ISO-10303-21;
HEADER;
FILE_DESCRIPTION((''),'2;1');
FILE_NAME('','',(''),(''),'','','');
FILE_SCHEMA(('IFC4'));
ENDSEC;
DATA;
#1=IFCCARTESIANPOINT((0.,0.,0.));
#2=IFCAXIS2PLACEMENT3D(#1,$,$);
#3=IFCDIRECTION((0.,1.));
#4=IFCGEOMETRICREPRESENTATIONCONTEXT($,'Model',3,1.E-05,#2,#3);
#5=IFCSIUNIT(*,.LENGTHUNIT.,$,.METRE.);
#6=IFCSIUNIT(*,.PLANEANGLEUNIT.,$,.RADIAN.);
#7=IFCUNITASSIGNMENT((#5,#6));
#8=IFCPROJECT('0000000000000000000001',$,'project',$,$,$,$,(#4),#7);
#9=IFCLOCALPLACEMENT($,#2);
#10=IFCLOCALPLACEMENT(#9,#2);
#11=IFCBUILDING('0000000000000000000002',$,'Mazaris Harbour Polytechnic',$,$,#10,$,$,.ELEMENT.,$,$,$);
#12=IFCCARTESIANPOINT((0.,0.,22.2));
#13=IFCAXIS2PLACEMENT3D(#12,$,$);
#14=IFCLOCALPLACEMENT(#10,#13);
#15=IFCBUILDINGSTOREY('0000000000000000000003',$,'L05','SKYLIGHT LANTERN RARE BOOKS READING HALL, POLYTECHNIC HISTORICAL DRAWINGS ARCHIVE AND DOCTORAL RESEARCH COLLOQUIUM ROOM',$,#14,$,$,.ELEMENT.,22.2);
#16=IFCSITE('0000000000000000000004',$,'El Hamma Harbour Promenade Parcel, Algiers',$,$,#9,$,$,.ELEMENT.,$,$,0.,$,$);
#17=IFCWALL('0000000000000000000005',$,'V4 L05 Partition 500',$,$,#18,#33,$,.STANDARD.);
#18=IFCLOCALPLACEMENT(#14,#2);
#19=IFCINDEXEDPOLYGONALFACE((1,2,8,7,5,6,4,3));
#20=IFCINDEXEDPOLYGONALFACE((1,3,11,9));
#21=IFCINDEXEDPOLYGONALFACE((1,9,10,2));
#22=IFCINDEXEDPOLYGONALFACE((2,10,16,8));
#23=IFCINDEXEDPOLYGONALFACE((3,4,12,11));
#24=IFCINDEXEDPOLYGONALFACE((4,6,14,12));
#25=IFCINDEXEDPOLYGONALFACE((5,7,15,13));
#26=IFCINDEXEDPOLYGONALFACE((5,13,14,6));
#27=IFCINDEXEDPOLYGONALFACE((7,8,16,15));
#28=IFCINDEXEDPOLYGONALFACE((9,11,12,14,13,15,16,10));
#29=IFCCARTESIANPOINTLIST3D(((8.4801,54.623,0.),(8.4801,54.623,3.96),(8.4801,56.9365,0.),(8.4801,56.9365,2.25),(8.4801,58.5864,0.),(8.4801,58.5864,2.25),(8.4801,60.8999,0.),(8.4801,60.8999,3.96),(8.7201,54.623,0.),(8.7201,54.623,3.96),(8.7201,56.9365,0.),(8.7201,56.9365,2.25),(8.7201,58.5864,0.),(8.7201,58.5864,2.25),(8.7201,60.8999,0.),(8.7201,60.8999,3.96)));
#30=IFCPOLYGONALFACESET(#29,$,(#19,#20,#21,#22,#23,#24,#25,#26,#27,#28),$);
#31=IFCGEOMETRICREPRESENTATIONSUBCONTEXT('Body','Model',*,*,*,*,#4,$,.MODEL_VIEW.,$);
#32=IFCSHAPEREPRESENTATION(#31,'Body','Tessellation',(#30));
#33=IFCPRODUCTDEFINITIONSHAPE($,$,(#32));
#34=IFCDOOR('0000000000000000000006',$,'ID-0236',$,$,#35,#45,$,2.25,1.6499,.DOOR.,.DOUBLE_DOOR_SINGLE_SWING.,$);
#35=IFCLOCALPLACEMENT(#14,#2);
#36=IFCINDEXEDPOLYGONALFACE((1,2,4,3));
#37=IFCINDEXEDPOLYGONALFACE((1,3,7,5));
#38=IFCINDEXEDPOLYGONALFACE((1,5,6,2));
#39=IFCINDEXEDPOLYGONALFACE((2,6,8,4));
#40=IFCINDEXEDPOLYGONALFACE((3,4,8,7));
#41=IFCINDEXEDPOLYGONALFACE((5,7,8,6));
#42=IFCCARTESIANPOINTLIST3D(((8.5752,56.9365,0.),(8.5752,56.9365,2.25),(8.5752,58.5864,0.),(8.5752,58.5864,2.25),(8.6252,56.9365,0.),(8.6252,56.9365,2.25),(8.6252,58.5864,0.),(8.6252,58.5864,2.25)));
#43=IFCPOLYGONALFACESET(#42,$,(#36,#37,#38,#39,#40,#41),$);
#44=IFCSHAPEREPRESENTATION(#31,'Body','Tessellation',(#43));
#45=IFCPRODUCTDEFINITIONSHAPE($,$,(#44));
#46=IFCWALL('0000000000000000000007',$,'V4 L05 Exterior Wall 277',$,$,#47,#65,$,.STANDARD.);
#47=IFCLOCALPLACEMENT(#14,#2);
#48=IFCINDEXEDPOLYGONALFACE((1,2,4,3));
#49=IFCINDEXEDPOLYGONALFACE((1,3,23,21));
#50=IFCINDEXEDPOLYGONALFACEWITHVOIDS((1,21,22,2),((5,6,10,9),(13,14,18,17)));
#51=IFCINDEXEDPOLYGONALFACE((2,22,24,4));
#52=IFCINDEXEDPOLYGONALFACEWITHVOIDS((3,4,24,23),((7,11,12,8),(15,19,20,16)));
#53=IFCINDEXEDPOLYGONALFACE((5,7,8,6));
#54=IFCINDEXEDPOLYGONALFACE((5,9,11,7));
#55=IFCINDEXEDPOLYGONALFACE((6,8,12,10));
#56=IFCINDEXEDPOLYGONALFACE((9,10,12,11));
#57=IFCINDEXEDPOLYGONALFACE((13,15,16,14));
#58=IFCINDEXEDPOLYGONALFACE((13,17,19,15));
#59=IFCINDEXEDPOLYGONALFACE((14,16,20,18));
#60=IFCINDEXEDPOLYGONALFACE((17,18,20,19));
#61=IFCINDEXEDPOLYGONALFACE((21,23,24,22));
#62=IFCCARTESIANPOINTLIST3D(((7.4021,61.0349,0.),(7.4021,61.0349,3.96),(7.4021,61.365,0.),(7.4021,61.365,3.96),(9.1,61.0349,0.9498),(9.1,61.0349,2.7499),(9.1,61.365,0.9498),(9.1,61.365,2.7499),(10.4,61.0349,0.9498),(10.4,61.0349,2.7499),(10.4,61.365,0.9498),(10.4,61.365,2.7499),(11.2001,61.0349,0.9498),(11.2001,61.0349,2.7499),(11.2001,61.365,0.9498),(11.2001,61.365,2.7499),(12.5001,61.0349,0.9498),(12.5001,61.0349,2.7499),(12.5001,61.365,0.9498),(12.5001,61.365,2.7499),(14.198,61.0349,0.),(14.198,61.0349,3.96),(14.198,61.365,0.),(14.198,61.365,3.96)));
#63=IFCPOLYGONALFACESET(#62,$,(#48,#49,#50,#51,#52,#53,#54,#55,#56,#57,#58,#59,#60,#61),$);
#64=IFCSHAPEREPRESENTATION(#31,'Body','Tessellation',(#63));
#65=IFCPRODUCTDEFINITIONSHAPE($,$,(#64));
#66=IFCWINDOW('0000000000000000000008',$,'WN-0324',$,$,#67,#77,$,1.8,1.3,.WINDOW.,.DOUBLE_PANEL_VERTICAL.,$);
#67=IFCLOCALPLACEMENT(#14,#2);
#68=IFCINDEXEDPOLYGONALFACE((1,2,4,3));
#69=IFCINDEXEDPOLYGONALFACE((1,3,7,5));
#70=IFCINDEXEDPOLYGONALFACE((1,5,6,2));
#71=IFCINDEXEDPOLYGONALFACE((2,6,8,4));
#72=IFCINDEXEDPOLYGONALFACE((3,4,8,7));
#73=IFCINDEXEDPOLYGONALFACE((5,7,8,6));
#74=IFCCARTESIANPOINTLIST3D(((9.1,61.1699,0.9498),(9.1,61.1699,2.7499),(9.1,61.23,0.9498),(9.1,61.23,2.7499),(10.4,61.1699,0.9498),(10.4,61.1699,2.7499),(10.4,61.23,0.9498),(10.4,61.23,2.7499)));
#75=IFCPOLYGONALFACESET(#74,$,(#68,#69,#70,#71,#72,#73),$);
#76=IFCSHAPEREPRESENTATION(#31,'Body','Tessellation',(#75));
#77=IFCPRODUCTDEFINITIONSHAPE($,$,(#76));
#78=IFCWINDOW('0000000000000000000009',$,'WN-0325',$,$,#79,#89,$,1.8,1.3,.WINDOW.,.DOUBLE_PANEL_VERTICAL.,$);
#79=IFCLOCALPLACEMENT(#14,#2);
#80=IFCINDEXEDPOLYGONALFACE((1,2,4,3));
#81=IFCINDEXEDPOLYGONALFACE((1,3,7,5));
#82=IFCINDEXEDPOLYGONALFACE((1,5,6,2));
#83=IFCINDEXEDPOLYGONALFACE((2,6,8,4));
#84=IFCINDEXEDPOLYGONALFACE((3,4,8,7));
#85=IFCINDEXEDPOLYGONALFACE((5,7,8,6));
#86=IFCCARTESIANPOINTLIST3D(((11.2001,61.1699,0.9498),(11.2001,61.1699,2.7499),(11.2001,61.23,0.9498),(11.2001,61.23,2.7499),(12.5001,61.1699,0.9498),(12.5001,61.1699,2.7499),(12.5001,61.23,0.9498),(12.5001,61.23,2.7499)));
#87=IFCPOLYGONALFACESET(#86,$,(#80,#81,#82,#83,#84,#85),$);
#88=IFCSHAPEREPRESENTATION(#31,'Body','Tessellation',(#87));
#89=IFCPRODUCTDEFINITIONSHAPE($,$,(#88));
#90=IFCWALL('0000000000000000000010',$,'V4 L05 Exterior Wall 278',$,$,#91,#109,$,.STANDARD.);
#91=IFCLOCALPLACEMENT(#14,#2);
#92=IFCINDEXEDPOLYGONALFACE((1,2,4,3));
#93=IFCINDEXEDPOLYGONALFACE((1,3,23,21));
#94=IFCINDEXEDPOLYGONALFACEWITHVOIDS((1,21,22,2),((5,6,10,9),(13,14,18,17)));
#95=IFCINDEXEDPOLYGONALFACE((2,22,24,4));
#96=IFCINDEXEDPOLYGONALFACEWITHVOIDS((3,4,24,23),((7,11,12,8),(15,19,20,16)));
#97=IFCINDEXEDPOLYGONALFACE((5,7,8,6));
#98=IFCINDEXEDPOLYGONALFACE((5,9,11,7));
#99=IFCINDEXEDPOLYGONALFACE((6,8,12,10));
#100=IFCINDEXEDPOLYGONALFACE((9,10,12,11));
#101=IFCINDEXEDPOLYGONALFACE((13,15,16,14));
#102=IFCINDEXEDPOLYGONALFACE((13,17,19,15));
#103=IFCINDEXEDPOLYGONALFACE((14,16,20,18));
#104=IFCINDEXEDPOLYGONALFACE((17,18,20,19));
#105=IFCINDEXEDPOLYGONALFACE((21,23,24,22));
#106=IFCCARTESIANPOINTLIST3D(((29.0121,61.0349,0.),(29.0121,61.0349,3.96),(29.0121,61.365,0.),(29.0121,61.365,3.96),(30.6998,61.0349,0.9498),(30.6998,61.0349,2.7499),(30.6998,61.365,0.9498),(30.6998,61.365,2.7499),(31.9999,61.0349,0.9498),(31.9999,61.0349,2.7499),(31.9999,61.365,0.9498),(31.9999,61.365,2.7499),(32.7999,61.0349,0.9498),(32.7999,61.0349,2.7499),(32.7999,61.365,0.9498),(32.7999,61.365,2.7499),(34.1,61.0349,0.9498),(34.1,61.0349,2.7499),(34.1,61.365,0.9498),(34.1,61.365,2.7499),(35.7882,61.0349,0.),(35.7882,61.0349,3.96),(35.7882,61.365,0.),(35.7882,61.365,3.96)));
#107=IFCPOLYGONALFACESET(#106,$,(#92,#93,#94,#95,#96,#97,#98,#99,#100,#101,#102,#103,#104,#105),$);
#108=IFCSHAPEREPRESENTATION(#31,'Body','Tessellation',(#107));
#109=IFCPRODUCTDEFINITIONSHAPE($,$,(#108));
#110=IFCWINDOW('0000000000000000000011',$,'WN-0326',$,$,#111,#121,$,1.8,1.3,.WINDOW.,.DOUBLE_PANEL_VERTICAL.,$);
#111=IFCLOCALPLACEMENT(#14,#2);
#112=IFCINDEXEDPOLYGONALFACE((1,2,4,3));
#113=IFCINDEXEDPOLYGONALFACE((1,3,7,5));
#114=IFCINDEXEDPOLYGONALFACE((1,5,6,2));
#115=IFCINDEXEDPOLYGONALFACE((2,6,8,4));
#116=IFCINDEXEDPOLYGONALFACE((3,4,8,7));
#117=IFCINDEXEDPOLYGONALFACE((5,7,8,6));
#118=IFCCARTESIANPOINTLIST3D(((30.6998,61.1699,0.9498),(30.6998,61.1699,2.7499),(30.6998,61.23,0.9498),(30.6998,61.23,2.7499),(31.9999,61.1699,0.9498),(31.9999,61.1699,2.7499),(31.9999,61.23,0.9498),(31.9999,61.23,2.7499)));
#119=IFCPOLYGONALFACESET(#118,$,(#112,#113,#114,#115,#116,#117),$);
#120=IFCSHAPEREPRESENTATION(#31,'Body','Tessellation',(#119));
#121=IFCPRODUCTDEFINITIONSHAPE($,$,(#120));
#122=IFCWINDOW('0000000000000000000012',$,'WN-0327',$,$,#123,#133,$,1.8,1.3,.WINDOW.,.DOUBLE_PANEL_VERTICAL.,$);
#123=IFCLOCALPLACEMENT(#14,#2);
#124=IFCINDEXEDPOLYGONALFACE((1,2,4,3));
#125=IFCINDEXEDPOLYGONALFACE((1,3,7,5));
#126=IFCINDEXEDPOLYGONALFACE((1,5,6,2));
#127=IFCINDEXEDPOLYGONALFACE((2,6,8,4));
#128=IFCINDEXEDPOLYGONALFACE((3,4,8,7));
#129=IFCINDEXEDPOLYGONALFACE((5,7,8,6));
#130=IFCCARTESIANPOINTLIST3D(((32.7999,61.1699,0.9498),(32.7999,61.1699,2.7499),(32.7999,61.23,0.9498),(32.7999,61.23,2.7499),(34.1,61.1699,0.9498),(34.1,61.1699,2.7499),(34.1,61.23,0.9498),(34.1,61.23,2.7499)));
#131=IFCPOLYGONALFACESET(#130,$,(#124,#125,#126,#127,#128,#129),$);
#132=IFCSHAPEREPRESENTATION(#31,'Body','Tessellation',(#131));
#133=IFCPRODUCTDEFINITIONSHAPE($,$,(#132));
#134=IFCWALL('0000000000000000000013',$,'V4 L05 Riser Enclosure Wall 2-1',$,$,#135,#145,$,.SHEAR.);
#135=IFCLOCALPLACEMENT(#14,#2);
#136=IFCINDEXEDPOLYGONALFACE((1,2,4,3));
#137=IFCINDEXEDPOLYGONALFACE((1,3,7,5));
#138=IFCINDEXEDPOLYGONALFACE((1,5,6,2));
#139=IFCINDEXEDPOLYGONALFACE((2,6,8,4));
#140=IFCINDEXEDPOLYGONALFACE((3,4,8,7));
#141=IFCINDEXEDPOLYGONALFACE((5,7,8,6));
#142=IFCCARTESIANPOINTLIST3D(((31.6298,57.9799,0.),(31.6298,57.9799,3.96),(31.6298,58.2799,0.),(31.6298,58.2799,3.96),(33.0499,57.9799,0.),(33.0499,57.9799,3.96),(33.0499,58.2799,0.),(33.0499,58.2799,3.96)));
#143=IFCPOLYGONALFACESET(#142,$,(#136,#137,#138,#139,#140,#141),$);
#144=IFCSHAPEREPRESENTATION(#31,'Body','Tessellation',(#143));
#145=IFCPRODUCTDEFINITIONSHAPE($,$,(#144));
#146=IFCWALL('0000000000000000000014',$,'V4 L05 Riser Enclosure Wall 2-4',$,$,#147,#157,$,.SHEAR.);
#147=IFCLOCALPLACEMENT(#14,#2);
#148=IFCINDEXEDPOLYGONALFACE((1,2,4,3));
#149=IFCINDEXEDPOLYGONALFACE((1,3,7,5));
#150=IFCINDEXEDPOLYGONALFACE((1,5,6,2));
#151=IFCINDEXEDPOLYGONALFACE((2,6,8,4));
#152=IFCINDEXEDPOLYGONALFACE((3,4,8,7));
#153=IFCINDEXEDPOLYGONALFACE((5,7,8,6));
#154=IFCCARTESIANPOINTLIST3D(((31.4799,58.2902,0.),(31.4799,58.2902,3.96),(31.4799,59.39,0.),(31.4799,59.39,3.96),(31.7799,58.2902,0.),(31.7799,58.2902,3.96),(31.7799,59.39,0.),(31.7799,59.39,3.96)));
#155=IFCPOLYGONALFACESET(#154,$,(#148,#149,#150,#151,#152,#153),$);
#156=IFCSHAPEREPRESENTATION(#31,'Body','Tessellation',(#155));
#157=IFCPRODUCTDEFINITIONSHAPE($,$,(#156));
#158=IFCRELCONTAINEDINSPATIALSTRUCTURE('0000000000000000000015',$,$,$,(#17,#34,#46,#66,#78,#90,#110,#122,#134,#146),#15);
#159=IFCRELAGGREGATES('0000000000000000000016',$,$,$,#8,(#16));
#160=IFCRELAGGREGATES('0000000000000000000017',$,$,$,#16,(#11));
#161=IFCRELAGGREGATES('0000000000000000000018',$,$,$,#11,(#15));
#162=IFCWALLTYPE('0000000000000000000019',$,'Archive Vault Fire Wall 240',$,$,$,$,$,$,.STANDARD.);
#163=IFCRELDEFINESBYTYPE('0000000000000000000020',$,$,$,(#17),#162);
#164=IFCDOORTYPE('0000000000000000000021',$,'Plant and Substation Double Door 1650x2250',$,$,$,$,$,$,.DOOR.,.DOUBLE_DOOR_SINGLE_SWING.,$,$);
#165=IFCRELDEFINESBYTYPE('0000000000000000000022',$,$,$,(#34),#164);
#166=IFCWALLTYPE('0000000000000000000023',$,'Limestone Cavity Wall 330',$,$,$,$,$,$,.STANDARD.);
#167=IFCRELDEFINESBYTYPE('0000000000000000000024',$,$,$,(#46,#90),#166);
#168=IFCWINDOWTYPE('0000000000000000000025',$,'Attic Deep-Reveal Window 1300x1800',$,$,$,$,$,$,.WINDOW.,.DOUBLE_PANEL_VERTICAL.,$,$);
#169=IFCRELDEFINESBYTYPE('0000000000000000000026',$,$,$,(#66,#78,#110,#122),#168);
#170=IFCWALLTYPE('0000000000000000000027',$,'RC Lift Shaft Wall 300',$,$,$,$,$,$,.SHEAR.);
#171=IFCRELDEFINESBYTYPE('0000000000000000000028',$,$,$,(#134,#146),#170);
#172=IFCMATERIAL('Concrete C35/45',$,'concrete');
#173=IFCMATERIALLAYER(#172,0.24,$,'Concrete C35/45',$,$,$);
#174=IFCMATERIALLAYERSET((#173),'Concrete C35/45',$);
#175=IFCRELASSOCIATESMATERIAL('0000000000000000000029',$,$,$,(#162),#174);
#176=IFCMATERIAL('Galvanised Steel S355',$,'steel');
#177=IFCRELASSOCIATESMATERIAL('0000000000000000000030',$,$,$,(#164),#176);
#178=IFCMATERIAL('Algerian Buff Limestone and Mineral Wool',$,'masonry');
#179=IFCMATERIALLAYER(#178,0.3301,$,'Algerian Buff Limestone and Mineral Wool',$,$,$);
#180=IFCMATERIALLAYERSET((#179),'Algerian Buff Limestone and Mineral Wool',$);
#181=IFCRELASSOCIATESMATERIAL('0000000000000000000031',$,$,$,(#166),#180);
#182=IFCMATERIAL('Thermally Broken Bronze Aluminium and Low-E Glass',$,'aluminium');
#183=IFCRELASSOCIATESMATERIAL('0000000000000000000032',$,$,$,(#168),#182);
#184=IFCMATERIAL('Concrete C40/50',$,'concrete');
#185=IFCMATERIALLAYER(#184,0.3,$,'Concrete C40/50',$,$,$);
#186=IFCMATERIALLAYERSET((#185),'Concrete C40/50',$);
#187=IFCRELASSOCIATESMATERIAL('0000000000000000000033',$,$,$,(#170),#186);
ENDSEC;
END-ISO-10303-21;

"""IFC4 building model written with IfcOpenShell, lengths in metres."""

from ifc_helpers import new_model, si_unit, direction, frame, frame_2d, origin, place, context, subcontext, project, spatial, rectangle, extrude, material, layer, layer_set, type_object, element, fill, save


model = new_model("IFC4")

# Units and contexts
model_context = context("Model", 3, precision=1e-05, world=origin(), true_north=direction((0.0, 1.0)))
body_context = subcontext(model_context, "Body", "Model", "MODEL_VIEW")
ifc_project = project(units=[si_unit("LENGTHUNIT", "METRE"), si_unit("PLANEANGLEUNIT", "RADIAN")], contexts=[model_context])

# Site, building, storey
site_placement = place(None, origin())
site = spatial("IfcSite", under=ifc_project, at=site_placement, Name="El Hamma Harbour Promenade Parcel, Algiers", CompositionType="ELEMENT", RefElevation=0.0)
building_placement = place(site_placement, origin())
building = spatial("IfcBuilding", under=site, at=building_placement, Name="Mazaris Harbour Polytechnic", CompositionType="ELEMENT")
storey_placement = place(building_placement, frame((0.0, 0.0, 22.2)))
storey = spatial("IfcBuildingStorey", under=building, at=storey_placement, Name="L05", Description="SKYLIGHT LANTERN RARE BOOKS READING HALL, POLYTECHNIC HISTORICAL DRAWINGS ARCHIVE AND DOCTORAL RESEARCH COLLOQUIUM ROOM", CompositionType="ELEMENT", Elevation=22.2)

# Wall, opening, door
ifc_material_1 = material(Name="Concrete C35/45", Category="concrete")
ifc_layer_1 = layer(ifc_material_1, 0.24, Name="Concrete C35/45")
ifc_layer_set_1 = layer_set([ifc_layer_1], Name="Concrete C35/45")
wall_type_1 = type_object("IfcWallType", Name="Archive Vault Fire Wall 240", PredefinedType="STANDARD", material=ifc_layer_set_1)
ifc_material_2 = material(Name="Galvanised Steel S355", Category="steel")
door_type = type_object("IfcDoorType", Name="Plant and Substation Double Door 1650x2250", OperationType="DOUBLE_DOOR_SINGLE_SWING", PredefinedType="DOOR", material=ifc_material_2)
wall_1_placement = place(storey_placement, frame((8.6001, 54.623, 0.0), z_axis=(0.0, 0.0, 1.0), x_axis=(0.0, 1.0, 0.0)))
wall_1 = element("IfcWall", 1, at=wall_1_placement, inside=storey, type_object=wall_type_1, Name="V4 L05 Partition 500", PredefinedType="STANDARD", context=body_context, shape_type="SweptSolid", body=[
    extrude(rectangle(XDim=6.2769, YDim=0.24, at=frame_2d((3.1384, 0.0))), origin(), (0.0, 0.0, 1.0), 3.96),
])
opening_1_placement = place(wall_1_placement, frame((2.3135, 0.0, 0.0)))
opening_1 = element("IfcOpeningElement", 2, at=opening_1_placement, cuts=wall_1, PredefinedType="OPENING", context=body_context, shape_type="SweptSolid", body=[
    extrude(rectangle(XDim=1.6499, YDim=2.25, at=frame_2d((0.825, 1.125))), frame((0.0, 0.1299, 0.0), z_axis=(0.0, -1.0, 0.0), x_axis=(1.0, 0.0, 0.0)), (0.0, 0.0, 1.0), 0.26),
])
door_1_placement = place(opening_1_placement, origin())
door_1 = element("IfcDoor", 3, at=door_1_placement, inside=storey, type_object=door_type, Name="ID-0236", OperationType="DOUBLE_DOOR_SINGLE_SWING", OverallHeight=2.25, OverallWidth=1.6499, PredefinedType="DOOR", context=body_context, shape_type="SweptSolid", body=[
    extrude(rectangle(XDim=1.6499, YDim=2.25, at=frame_2d((0.825, 1.125))), frame((0.0, 0.0249, 0.0), z_axis=(0.0, -1.0, 0.0), x_axis=(1.0, 0.0, 0.0)), (0.0, 0.0, 1.0), 0.05),
])
fill(opening_1, door_1)

# Walls, openings, windows
ifc_material_3 = material(Name="Algerian Buff Limestone and Mineral Wool", Category="masonry")
ifc_layer_2 = layer(ifc_material_3, 0.3301, Name="Algerian Buff Limestone and Mineral Wool")
ifc_layer_set_2 = layer_set([ifc_layer_2], Name="Algerian Buff Limestone and Mineral Wool")
wall_type_2 = type_object("IfcWallType", Name="Limestone Cavity Wall 330", PredefinedType="STANDARD", material=ifc_layer_set_2)
wall_2_placement = place(storey_placement, frame((7.4021, 61.2, 0.0), z_axis=(0.0, 0.0, 1.0), x_axis=(1.0, 0.0, 0.0)))
wall_2 = element("IfcWall", 4, at=wall_2_placement, inside=storey, type_object=wall_type_2, Name="V4 L05 Exterior Wall 277", PredefinedType="STANDARD", context=body_context, shape_type="SweptSolid", body=[
    extrude(rectangle(XDim=6.7959, YDim=0.3301, at=frame_2d((3.3979, 0.0))), origin(), (0.0, 0.0, 1.0), 3.96),
])
opening_2_placement = place(wall_2_placement, frame((1.698, 0.0, 0.95)))
opening_2 = element("IfcOpeningElement", 5, at=opening_2_placement, cuts=wall_2, PredefinedType="OPENING", context=body_context, shape_type="SweptSolid", body=[
    extrude(rectangle(XDim=1.3, YDim=1.8, at=frame_2d((0.6499, 0.8999))), frame((0.0, 0.175, 0.0), z_axis=(0.0, -1.0, 0.0), x_axis=(1.0, 0.0, 0.0)), (0.0, 0.0, 1.0), 0.3501),
])
opening_3_placement = place(wall_2_placement, frame((3.7981, 0.0, 0.95)))
opening_3 = element("IfcOpeningElement", 6, at=opening_3_placement, cuts=wall_2, PredefinedType="OPENING", context=body_context, shape_type="SweptSolid", body=[
    extrude(rectangle(XDim=1.3, YDim=1.8, at=frame_2d((0.6499, 0.8999))), frame((0.0, 0.175, 0.0), z_axis=(0.0, -1.0, 0.0), x_axis=(1.0, 0.0, 0.0)), (0.0, 0.0, 1.0), 0.3501),
])
ifc_material_4 = material(Name="Thermally Broken Bronze Aluminium and Low-E Glass", Category="aluminium")
window_type = type_object("IfcWindowType", Name="Attic Deep-Reveal Window 1300x1800", PartitioningType="DOUBLE_PANEL_VERTICAL", PredefinedType="WINDOW", material=ifc_material_4)
window_1_placement = place(opening_2_placement, origin())
window_1 = element("IfcWindow", 7, at=window_1_placement, inside=storey, type_object=window_type, Name="WN-0324", OverallHeight=1.8, OverallWidth=1.3, PartitioningType="DOUBLE_PANEL_VERTICAL", PredefinedType="WINDOW", context=body_context, shape_type="SweptSolid", body=[
    extrude(rectangle(XDim=1.3, YDim=1.8, at=frame_2d((0.6499, 0.8999))), frame((0.0, 0.03, 0.0), z_axis=(0.0, -1.0, 0.0), x_axis=(1.0, 0.0, 0.0)), (0.0, 0.0, 1.0), 0.0601),
])
fill(opening_2, window_1)
window_2_placement = place(opening_3_placement, origin())
window_2 = element("IfcWindow", 8, at=window_2_placement, inside=storey, type_object=window_type, Name="WN-0325", OverallHeight=1.8, OverallWidth=1.3, PartitioningType="DOUBLE_PANEL_VERTICAL", PredefinedType="WINDOW", context=body_context, shape_type="SweptSolid", body=[
    extrude(rectangle(XDim=1.3, YDim=1.8, at=frame_2d((0.6499, 0.8999))), frame((0.0, 0.03, 0.0), z_axis=(0.0, -1.0, 0.0), x_axis=(1.0, 0.0, 0.0)), (0.0, 0.0, 1.0), 0.0601),
])
fill(opening_3, window_2)
wall_3_placement = place(storey_placement, frame((29.012, 61.2, 0.0), z_axis=(0.0, 0.0, 1.0), x_axis=(1.0, 0.0, 0.0)))
wall_3 = element("IfcWall", 9, at=wall_3_placement, inside=storey, type_object=wall_type_2, Name="V4 L05 Exterior Wall 278", PredefinedType="STANDARD", context=body_context, shape_type="SweptSolid", body=[
    extrude(rectangle(XDim=6.7761, YDim=0.3301, at=frame_2d((3.3882, 0.0))), origin(), (0.0, 0.0, 1.0), 3.96),
])
opening_4_placement = place(wall_3_placement, frame((1.688, 0.0, 0.95)))
opening_4 = element("IfcOpeningElement", 10, at=opening_4_placement, cuts=wall_3, PredefinedType="OPENING", context=body_context, shape_type="SweptSolid", body=[
    extrude(rectangle(XDim=1.3, YDim=1.8, at=frame_2d((0.6499, 0.8999))), frame((0.0, 0.175, 0.0), z_axis=(0.0, -1.0, 0.0), x_axis=(1.0, 0.0, 0.0)), (0.0, 0.0, 1.0), 0.3501),
])
opening_5_placement = place(wall_3_placement, frame((3.7881, 0.0, 0.95)))
opening_5 = element("IfcOpeningElement", 11, at=opening_5_placement, cuts=wall_3, PredefinedType="OPENING", context=body_context, shape_type="SweptSolid", body=[
    extrude(rectangle(XDim=1.3, YDim=1.8, at=frame_2d((0.6499, 0.8999))), frame((0.0, 0.175, 0.0), z_axis=(0.0, -1.0, 0.0), x_axis=(1.0, 0.0, 0.0)), (0.0, 0.0, 1.0), 0.3501),
])
window_3_placement = place(opening_4_placement, origin())
window_3 = element("IfcWindow", 12, at=window_3_placement, inside=storey, type_object=window_type, Name="WN-0326", OverallHeight=1.8, OverallWidth=1.3, PartitioningType="DOUBLE_PANEL_VERTICAL", PredefinedType="WINDOW", context=body_context, shape_type="SweptSolid", body=[
    extrude(rectangle(XDim=1.3, YDim=1.8, at=frame_2d((0.6499, 0.8999))), frame((0.0, 0.03, 0.0), z_axis=(0.0, -1.0, 0.0), x_axis=(1.0, 0.0, 0.0)), (0.0, 0.0, 1.0), 0.0601),
])
fill(opening_4, window_3)
window_4_placement = place(opening_5_placement, origin())
window_4 = element("IfcWindow", 13, at=window_4_placement, inside=storey, type_object=window_type, Name="WN-0327", OverallHeight=1.8, OverallWidth=1.3, PartitioningType="DOUBLE_PANEL_VERTICAL", PredefinedType="WINDOW", context=body_context, shape_type="SweptSolid", body=[
    extrude(rectangle(XDim=1.3, YDim=1.8, at=frame_2d((0.6499, 0.8999))), frame((0.0, 0.03, 0.0), z_axis=(0.0, -1.0, 0.0), x_axis=(1.0, 0.0, 0.0)), (0.0, 0.0, 1.0), 0.0601),
])
fill(opening_5, window_4)

# Walls
ifc_material_5 = material(Name="Concrete C40/50", Category="concrete")
ifc_layer_3 = layer(ifc_material_5, 0.3, Name="Concrete C40/50")
ifc_layer_set_3 = layer_set([ifc_layer_3], Name="Concrete C40/50")
wall_type_3 = type_object("IfcWallType", Name="RC Lift Shaft Wall 300", PredefinedType="SHEAR", material=ifc_layer_set_3)
wall_4_placement = place(storey_placement, frame((31.6299, 58.1299, 0.0), z_axis=(0.0, 0.0, 1.0), x_axis=(1.0, 0.0, 0.0)))
element("IfcWall", 14, at=wall_4_placement, inside=storey, type_object=wall_type_3, Name="V4 L05 Riser Enclosure Wall 2-1", PredefinedType="SHEAR", context=body_context, shape_type="SweptSolid", body=[
    extrude(rectangle(XDim=1.4202, YDim=0.3, at=frame_2d((0.71, 0.0))), origin(), (0.0, 0.0, 1.0), 3.96),
])
wall_5_placement = place(storey_placement, frame((31.6299, 59.3899, 0.0), z_axis=(0.0, 0.0, 1.0), x_axis=(0.0, -1.0, 0.0)))
element("IfcWall", 15, at=wall_5_placement, inside=storey, type_object=wall_type_3, Name="V4 L05 Riser Enclosure Wall 2-4", PredefinedType="SHEAR", context=body_context, shape_type="SweptSolid", body=[
    extrude(rectangle(XDim=1.0999, YDim=0.3, at=frame_2d((0.5498, 0.0))), origin(), (0.0, 0.0, 1.0), 3.96),
])

save(model, "model.ifc")
